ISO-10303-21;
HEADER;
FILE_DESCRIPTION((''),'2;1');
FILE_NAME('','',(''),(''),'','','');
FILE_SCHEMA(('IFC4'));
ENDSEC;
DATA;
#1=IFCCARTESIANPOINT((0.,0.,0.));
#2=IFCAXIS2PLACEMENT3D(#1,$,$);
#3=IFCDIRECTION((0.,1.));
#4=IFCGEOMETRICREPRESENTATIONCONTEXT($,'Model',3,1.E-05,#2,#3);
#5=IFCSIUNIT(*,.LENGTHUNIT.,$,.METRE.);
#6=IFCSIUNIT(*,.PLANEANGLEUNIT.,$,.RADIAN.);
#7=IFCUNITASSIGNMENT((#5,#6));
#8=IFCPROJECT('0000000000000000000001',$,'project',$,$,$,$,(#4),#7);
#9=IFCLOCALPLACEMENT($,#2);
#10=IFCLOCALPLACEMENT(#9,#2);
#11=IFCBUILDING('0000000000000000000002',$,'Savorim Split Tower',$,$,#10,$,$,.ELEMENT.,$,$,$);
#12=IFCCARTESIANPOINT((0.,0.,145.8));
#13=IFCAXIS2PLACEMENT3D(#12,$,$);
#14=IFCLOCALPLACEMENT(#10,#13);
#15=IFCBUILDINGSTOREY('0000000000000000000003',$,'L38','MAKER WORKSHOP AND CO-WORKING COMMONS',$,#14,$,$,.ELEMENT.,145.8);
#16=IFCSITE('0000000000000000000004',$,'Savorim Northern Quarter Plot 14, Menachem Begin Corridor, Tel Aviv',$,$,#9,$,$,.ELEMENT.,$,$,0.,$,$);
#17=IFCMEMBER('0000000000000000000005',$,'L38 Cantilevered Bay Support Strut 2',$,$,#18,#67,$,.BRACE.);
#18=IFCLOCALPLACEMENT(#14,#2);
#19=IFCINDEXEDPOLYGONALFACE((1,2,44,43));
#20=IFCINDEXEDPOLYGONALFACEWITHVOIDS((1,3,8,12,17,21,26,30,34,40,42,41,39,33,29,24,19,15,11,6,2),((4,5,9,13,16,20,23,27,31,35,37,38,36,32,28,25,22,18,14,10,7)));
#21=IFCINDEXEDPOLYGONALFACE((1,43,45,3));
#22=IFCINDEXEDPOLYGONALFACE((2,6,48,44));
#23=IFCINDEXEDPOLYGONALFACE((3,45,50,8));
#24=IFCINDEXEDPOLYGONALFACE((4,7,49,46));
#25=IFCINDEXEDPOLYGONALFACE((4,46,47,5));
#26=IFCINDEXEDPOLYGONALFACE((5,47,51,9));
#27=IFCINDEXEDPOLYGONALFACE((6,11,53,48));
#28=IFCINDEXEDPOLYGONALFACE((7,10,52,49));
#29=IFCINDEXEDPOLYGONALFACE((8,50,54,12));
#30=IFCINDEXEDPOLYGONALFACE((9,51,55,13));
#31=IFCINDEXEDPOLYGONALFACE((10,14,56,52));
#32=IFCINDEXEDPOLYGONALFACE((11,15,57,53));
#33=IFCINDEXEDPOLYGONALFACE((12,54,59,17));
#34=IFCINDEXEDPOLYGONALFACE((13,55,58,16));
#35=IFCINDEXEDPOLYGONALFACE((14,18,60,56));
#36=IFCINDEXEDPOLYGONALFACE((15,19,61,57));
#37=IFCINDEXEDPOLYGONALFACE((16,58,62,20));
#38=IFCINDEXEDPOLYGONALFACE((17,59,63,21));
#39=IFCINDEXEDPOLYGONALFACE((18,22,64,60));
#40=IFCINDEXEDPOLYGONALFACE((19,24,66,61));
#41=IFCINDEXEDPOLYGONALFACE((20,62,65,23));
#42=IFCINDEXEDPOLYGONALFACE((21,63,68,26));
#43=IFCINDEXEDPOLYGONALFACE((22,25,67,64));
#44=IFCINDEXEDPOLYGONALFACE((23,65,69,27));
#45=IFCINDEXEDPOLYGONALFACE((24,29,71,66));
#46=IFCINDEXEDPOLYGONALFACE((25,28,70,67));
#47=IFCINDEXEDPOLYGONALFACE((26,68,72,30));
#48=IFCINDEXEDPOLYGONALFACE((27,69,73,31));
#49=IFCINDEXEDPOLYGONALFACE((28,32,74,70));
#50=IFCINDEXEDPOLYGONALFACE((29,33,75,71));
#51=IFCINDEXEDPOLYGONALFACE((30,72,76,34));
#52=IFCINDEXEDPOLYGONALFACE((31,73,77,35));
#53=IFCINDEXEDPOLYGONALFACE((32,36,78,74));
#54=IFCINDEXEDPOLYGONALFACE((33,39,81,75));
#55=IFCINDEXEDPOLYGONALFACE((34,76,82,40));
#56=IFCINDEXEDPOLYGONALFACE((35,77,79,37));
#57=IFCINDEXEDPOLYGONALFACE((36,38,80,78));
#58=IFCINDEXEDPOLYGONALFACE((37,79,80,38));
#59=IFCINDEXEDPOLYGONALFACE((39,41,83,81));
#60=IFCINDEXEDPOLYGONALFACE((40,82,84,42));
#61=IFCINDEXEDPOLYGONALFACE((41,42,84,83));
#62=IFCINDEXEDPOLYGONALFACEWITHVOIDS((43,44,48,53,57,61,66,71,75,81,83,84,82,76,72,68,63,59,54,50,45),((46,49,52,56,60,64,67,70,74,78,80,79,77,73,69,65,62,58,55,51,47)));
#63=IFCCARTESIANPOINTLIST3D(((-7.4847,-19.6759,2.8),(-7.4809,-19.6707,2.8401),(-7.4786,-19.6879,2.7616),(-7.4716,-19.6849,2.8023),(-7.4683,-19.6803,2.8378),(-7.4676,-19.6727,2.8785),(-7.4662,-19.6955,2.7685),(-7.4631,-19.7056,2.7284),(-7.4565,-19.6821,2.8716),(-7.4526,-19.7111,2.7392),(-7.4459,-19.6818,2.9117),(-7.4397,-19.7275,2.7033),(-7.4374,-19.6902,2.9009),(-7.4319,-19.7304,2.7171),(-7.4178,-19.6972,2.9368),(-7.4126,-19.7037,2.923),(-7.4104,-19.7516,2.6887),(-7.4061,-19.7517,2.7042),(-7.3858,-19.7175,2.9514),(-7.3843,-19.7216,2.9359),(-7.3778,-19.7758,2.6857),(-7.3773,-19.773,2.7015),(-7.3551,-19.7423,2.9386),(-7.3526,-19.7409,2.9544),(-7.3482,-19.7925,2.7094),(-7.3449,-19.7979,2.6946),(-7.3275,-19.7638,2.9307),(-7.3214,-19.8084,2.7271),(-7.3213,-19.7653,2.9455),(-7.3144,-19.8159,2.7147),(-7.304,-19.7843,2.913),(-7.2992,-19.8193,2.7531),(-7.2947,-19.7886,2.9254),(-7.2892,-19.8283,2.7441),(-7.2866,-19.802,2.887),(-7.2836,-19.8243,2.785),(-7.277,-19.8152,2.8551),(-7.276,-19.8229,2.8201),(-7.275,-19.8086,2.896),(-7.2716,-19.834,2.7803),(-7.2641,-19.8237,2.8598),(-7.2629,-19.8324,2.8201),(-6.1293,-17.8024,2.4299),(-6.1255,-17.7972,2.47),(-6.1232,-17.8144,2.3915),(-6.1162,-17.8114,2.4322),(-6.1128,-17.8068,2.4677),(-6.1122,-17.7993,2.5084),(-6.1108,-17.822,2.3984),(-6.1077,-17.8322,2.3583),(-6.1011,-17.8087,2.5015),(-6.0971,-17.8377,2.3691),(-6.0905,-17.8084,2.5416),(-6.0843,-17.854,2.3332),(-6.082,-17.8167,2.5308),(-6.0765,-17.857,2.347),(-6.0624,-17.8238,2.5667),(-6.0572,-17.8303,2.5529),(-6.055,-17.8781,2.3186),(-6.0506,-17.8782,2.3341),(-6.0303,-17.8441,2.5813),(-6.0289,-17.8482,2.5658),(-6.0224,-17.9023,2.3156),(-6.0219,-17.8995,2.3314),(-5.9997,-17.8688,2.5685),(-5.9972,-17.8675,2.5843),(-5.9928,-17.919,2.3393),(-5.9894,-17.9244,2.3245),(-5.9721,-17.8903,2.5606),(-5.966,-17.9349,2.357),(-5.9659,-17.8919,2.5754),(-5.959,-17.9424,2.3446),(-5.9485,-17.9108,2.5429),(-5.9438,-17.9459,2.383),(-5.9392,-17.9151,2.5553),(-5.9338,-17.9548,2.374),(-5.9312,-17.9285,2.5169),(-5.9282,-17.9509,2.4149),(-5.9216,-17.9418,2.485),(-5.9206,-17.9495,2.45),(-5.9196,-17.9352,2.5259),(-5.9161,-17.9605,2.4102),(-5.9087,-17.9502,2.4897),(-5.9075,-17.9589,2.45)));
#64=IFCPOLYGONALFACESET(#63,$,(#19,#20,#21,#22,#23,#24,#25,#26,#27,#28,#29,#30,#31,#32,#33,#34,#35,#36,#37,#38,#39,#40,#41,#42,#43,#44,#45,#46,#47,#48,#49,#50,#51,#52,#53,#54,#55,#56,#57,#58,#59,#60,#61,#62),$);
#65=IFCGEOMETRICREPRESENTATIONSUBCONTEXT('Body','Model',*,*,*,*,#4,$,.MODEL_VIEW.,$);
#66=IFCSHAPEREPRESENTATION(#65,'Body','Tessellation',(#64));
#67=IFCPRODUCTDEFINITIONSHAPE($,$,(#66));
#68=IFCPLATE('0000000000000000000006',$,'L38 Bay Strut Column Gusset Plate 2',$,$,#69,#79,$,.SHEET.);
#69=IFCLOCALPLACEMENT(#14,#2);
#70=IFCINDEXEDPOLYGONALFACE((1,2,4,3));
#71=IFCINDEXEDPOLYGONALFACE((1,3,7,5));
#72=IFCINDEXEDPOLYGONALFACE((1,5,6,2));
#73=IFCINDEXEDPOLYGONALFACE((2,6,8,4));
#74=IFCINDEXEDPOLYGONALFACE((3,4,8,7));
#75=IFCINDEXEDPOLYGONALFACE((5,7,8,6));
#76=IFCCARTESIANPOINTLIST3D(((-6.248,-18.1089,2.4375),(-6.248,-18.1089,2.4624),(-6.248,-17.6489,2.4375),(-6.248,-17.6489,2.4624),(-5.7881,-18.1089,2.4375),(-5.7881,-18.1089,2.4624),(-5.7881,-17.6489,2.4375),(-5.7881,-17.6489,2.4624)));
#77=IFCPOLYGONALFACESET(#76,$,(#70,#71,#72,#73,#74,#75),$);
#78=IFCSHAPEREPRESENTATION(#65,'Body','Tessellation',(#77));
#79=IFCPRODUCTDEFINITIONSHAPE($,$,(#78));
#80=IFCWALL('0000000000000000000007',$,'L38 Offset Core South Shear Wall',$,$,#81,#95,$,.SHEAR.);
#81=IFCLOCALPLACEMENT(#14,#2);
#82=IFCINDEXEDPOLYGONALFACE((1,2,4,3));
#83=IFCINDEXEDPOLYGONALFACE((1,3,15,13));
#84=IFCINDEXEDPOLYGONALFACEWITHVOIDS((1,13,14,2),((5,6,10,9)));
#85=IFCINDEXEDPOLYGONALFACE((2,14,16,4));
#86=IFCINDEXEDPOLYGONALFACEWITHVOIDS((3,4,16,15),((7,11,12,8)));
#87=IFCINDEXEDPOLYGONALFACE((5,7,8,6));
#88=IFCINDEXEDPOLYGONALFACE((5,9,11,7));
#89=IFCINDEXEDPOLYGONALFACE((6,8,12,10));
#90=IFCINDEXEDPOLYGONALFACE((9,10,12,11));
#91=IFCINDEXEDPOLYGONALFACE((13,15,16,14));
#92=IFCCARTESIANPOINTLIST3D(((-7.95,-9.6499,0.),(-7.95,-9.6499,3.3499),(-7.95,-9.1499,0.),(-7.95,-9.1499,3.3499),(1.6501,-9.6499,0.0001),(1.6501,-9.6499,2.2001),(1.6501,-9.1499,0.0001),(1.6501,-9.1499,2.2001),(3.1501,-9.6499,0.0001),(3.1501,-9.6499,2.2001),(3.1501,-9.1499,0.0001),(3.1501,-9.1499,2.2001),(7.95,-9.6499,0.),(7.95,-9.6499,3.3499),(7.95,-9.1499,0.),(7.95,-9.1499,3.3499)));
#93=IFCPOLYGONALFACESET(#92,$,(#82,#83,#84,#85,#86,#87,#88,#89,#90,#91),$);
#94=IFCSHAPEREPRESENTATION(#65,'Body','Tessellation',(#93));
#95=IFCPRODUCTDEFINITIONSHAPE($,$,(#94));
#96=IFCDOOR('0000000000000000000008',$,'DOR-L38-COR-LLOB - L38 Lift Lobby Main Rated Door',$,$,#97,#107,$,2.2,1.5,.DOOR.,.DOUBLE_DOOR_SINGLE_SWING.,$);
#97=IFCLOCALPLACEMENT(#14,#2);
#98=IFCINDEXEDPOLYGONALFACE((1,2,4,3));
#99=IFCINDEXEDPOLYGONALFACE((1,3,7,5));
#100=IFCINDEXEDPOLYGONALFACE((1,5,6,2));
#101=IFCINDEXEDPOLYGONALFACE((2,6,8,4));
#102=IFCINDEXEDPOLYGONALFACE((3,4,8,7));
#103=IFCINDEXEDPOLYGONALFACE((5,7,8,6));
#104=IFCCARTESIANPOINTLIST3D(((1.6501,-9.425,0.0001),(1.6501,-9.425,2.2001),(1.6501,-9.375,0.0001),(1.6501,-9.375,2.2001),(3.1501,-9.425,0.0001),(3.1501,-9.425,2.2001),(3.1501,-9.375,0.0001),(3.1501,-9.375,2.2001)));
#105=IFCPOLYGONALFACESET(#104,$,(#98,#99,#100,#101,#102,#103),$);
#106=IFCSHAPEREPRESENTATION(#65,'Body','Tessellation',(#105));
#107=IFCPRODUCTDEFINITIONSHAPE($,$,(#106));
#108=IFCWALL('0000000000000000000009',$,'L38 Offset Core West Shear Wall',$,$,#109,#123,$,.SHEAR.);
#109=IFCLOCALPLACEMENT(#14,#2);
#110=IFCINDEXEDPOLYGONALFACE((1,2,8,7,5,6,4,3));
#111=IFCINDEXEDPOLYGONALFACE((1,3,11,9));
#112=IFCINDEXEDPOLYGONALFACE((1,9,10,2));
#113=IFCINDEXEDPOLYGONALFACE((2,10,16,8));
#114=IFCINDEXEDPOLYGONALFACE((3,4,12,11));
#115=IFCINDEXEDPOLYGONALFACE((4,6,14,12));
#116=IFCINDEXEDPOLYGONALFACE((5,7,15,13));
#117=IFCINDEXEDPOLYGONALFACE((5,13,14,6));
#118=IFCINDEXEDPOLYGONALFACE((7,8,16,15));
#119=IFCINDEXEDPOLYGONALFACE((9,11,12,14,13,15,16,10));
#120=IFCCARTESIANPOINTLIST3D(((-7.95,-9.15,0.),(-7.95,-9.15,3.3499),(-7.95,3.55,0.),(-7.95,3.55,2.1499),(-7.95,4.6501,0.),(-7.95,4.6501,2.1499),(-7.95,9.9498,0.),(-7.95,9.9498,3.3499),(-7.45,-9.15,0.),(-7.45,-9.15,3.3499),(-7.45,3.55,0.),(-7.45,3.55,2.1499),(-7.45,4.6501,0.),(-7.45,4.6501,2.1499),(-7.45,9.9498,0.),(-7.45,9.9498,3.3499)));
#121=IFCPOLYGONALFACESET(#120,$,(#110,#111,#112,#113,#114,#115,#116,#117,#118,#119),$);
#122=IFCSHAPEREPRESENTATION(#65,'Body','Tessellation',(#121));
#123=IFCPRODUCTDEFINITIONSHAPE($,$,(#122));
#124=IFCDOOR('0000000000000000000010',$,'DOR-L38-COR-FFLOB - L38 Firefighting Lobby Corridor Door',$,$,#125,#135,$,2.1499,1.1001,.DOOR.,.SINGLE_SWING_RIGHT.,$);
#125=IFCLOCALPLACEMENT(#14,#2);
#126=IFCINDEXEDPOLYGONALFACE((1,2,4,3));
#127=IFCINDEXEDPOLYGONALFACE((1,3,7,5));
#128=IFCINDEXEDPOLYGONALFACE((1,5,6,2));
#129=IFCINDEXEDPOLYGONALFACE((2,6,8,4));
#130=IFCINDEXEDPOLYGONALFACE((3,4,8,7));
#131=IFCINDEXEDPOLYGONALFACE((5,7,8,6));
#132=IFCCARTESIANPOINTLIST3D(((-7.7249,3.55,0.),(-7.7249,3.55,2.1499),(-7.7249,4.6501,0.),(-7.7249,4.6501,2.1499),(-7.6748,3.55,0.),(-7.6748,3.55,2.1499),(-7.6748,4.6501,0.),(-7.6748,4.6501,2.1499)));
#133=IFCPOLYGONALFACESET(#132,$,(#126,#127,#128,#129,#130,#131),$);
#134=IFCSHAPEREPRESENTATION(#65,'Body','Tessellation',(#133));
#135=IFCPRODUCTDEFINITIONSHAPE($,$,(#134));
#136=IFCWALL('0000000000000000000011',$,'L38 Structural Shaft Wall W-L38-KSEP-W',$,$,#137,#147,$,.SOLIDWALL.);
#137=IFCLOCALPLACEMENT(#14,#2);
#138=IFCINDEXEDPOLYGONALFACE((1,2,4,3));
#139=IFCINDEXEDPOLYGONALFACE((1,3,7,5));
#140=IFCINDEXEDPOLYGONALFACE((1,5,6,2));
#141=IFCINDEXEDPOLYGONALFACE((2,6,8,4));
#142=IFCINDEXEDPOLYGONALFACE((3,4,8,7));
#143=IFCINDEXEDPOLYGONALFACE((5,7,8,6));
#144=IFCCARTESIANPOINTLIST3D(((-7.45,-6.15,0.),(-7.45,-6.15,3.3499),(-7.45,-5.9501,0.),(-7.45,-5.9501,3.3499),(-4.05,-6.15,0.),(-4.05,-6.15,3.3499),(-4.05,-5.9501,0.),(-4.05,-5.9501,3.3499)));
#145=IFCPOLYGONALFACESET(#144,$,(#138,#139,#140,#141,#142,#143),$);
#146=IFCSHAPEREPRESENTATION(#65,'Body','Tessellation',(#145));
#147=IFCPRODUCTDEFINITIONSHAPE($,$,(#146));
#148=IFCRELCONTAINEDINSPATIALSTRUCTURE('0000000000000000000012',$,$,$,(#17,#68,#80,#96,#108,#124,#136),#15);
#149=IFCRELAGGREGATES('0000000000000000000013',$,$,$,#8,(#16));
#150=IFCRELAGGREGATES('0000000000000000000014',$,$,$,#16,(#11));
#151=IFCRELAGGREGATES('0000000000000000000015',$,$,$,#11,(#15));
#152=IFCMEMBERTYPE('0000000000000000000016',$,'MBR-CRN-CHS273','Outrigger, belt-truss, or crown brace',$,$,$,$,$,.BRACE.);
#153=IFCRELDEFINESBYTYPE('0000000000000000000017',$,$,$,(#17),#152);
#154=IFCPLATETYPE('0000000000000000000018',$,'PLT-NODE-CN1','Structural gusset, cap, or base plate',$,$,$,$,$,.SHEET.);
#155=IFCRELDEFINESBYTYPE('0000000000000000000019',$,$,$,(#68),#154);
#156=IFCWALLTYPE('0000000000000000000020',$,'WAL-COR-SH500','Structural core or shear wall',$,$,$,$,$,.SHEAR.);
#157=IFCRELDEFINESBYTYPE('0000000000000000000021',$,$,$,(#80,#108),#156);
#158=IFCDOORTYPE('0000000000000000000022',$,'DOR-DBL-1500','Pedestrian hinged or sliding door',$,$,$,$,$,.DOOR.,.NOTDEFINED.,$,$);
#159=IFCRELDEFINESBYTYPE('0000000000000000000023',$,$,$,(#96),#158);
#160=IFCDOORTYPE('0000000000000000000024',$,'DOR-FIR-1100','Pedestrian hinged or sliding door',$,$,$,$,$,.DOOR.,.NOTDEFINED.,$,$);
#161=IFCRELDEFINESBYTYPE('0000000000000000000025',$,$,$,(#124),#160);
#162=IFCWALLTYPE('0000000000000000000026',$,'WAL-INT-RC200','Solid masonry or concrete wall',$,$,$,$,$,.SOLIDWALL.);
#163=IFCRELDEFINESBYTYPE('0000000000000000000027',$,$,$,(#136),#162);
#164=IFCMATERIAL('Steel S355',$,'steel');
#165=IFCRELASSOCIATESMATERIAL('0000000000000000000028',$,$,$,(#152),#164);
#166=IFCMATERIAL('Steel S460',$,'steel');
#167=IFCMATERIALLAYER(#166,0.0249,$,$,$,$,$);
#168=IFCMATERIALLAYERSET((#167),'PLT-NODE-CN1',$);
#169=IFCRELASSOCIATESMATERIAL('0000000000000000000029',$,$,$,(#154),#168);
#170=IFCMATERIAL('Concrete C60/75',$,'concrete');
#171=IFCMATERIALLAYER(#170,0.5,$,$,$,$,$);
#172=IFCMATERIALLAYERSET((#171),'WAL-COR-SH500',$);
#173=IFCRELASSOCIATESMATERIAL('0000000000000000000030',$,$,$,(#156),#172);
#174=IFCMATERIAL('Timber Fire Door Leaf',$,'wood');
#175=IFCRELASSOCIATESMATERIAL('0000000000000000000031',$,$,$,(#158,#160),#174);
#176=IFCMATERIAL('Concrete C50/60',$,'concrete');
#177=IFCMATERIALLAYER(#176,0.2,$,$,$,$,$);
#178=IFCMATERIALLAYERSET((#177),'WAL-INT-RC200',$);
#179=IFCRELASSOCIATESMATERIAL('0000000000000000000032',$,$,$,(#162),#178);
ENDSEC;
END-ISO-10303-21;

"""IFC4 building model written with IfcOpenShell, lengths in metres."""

from ifc_helpers import new_model, si_unit, direction, frame, frame_2d, origin, origin_2d, place, context, subcontext, project, spatial, rectangle, hollow_circle, extrude, material, layer, layer_set, material_profile, profile_set, type_object, element, fill, save


model = new_model("IFC4")

# Units and contexts
model_context = context("Model", 3, precision=1e-05, world=origin(), true_north=direction((0.0, 1.0)))
body_context = subcontext(model_context, "Body", "Model", "MODEL_VIEW")
ifc_project = project(units=[si_unit("LENGTHUNIT", "METRE"), si_unit("PLANEANGLEUNIT", "RADIAN")], contexts=[model_context])

# Site, building, storey
site_placement = place(None, origin())
site = spatial("IfcSite", under=ifc_project, at=site_placement, Name="Savorim Northern Quarter Plot 14, Menachem Begin Corridor, Tel Aviv", CompositionType="ELEMENT", RefElevation=0.0)
building_placement = place(site_placement, origin())
building = spatial("IfcBuilding", under=site, at=building_placement, Name="Savorim Split Tower", CompositionType="ELEMENT")
storey_placement = place(building_placement, frame((0.0, 0.0, 145.8)))
storey = spatial("IfcBuildingStorey", under=building, at=storey_placement, Name="L38", Description="MAKER WORKSHOP AND CO-WORKING COMMONS", CompositionType="ELEMENT", Elevation=145.8)

# Shared definitions
ifc_material_1 = material(Name="Steel S460", Category="steel")

# Shared definitions
ifc_material_2 = material(Name="Steel S355", Category="steel")

# Member
ifc_material_profile_1 = material_profile(ifc_material_2, hollow_circle(Radius=0.1365, WallThickness=0.0161, at=origin_2d()), Name="CHS 273x16")
ifc_profile_set_1 = profile_set([ifc_material_profile_1], Name="Steel S355")
member_type = type_object("IfcMemberType", Name="MBR-CRN-CHS273", Description="Outrigger, belt-truss, or crown brace", PredefinedType="BRACE", material=ifc_profile_set_1)
member_placement = place(storey_placement, frame((-6.0181, -17.8789, 2.45), z_axis=(-0.578794, -0.800012, 0.158043), x_axis=(0.810195, -0.586161, 0.0)))
element("IfcMember", 1, at=member_placement, inside=storey, type_object=member_type, Name="L38 Cantilevered Bay Support Strut 2", PredefinedType="BRACE", context=body_context, shape_type="SweptSolid", body=[
    extrude(hollow_circle(Radius=0.1365, WallThickness=0.0161, at=origin_2d()), origin(), (0.0, 0.0, 1.0), 2.3418),
])

# Plate
ifc_layer_1 = layer(ifc_material_1, 0.0249)
ifc_layer_set_1 = layer_set([ifc_layer_1], Name="PLT-NODE-CN1")
plate_type = type_object("IfcPlateType", Name="PLT-NODE-CN1", Description="Structural gusset, cap, or base plate", PredefinedType="SHEET", material=ifc_layer_set_1)
plate_placement = place(storey_placement, frame((-6.0181, -17.8789, 2.4375), z_axis=(0.0, 0.0, 1.0), x_axis=(1.0, 0.0, 0.0)))
element("IfcPlate", 2, at=plate_placement, inside=storey, type_object=plate_type, Name="L38 Bay Strut Column Gusset Plate 2", PredefinedType="SHEET", context=body_context, shape_type="SweptSolid", body=[
    extrude(rectangle(XDim=0.46, YDim=0.46, at=origin_2d()), origin(), (0.0, 0.0, 1.0), 0.0249),
])

# Walls, openings, doors
ifc_material_3 = material(Name="Concrete C60/75", Category="concrete")
ifc_layer_2 = layer(ifc_material_3, 0.5)
ifc_layer_set_2 = layer_set([ifc_layer_2], Name="WAL-COR-SH500")
wall_type_1 = type_object("IfcWallType", Name="WAL-COR-SH500", Description="Structural core or shear wall", PredefinedType="SHEAR", material=ifc_layer_set_2)
wall_1_placement = place(storey_placement, frame((-7.95, -9.3999, 0.0), z_axis=(0.0, 0.0, 1.0), x_axis=(1.0, 0.0, 0.0)))
wall_1 = element("IfcWall", 3, at=wall_1_placement, inside=storey, type_object=wall_type_1, Name="L38 Offset Core South Shear Wall", PredefinedType="SHEAR", context=body_context, shape_type="SweptSolid", body=[
    extrude(rectangle(XDim=15.8999, YDim=0.5, at=frame_2d((7.95, 0.0))), origin(), (0.0, 0.0, 1.0), 3.3499),
])
opening_1_placement = place(wall_1_placement, frame((9.6001, 0.0, 0.0)))
opening_1 = element("IfcOpeningElement", 4, at=opening_1_placement, cuts=wall_1, PredefinedType="OPENING", context=body_context, shape_type="SweptSolid", body=[
    extrude(rectangle(XDim=1.5, YDim=2.2, at=frame_2d((0.75, 1.1001))), frame((0.0, 0.26, 0.0), z_axis=(0.0, -1.0, 0.0), x_axis=(1.0, 0.0, 0.0)), (0.0, 0.0, 1.0), 0.52),
])
ifc_material_4 = material(Name="Timber Fire Door Leaf", Category="wood")
door_type_1 = type_object("IfcDoorType", Name="DOR-DBL-1500", Description="Pedestrian hinged or sliding door", OperationType="NOTDEFINED", PredefinedType="DOOR", material=ifc_material_4)
door_1_placement = place(opening_1_placement, origin())
door_1 = element("IfcDoor", 5, at=door_1_placement, inside=storey, type_object=door_type_1, Name="DOR-L38-COR-LLOB - L38 Lift Lobby Main Rated Door", OperationType="DOUBLE_DOOR_SINGLE_SWING", OverallHeight=2.2, OverallWidth=1.5, PredefinedType="DOOR", context=body_context, shape_type="SweptSolid", body=[
    extrude(rectangle(XDim=1.5, YDim=2.2, at=frame_2d((0.75, 1.1001))), frame((0.0, 0.0249, 0.0), z_axis=(0.0, -1.0, 0.0), x_axis=(1.0, 0.0, 0.0)), (0.0, 0.0, 1.0), 0.05),
])
fill(opening_1, door_1)
wall_2_placement = place(storey_placement, frame((-7.7, -9.1499, 0.0), z_axis=(0.0, 0.0, 1.0), x_axis=(0.0, 1.0, 0.0)))
wall_2 = element("IfcWall", 6, at=wall_2_placement, inside=storey, type_object=wall_type_1, Name="L38 Offset Core West Shear Wall", PredefinedType="SHEAR", context=body_context, shape_type="SweptSolid", body=[
    extrude(rectangle(XDim=19.0999, YDim=0.5, at=frame_2d((9.5498, 0.0))), origin(), (0.0, 0.0, 1.0), 3.3499),
])
opening_2_placement = place(wall_2_placement, frame((12.7, 0.0, 0.0)))
opening_2 = element("IfcOpeningElement", 7, at=opening_2_placement, cuts=wall_2, PredefinedType="OPENING", context=body_context, shape_type="SweptSolid", body=[
    extrude(rectangle(XDim=1.1001, YDim=2.1499, at=frame_2d((0.55, 1.075))), frame((0.0, 0.26, 0.0), z_axis=(0.0, -1.0, 0.0), x_axis=(1.0, 0.0, 0.0)), (0.0, 0.0, 1.0), 0.52),
])
door_type_2 = type_object("IfcDoorType", Name="DOR-FIR-1100", Description="Pedestrian hinged or sliding door", OperationType="NOTDEFINED", PredefinedType="DOOR", material=ifc_material_4)
door_2_placement = place(opening_2_placement, origin())
door_2 = element("IfcDoor", 8, at=door_2_placement, inside=storey, type_object=door_type_2, Name="DOR-L38-COR-FFLOB - L38 Firefighting Lobby Corridor Door", OperationType="SINGLE_SWING_RIGHT", OverallHeight=2.1499, OverallWidth=1.1001, PredefinedType="DOOR", context=body_context, shape_type="SweptSolid", body=[
    extrude(rectangle(XDim=1.1001, YDim=2.1499, at=frame_2d((0.55, 1.075))), frame((0.0, 0.0249, 0.0), z_axis=(0.0, -1.0, 0.0), x_axis=(1.0, 0.0, 0.0)), (0.0, 0.0, 1.0), 0.05),
])
fill(opening_2, door_2)

# Wall
ifc_material_5 = material(Name="Concrete C50/60", Category="concrete")
ifc_layer_3 = layer(ifc_material_5, 0.2)
ifc_layer_set_3 = layer_set([ifc_layer_3], Name="WAL-INT-RC200")
wall_type_2 = type_object("IfcWallType", Name="WAL-INT-RC200", Description="Solid masonry or concrete wall", PredefinedType="SOLIDWALL", material=ifc_layer_set_3)
wall_3_placement = place(storey_placement, frame((-7.45, -6.05, 0.0), z_axis=(0.0, 0.0, 1.0), x_axis=(1.0, 0.0, 0.0)))
element("IfcWall", 9, at=wall_3_placement, inside=storey, type_object=wall_type_2, Name="L38 Structural Shaft Wall W-L38-KSEP-W", PredefinedType="SOLIDWALL", context=body_context, shape_type="SweptSolid", body=[
    extrude(rectangle(XDim=3.3999, YDim=0.2, at=frame_2d((1.7, 0.0))), origin(), (0.0, 0.0, 1.0), 3.3499),
])

save(model, "model.ifc")
